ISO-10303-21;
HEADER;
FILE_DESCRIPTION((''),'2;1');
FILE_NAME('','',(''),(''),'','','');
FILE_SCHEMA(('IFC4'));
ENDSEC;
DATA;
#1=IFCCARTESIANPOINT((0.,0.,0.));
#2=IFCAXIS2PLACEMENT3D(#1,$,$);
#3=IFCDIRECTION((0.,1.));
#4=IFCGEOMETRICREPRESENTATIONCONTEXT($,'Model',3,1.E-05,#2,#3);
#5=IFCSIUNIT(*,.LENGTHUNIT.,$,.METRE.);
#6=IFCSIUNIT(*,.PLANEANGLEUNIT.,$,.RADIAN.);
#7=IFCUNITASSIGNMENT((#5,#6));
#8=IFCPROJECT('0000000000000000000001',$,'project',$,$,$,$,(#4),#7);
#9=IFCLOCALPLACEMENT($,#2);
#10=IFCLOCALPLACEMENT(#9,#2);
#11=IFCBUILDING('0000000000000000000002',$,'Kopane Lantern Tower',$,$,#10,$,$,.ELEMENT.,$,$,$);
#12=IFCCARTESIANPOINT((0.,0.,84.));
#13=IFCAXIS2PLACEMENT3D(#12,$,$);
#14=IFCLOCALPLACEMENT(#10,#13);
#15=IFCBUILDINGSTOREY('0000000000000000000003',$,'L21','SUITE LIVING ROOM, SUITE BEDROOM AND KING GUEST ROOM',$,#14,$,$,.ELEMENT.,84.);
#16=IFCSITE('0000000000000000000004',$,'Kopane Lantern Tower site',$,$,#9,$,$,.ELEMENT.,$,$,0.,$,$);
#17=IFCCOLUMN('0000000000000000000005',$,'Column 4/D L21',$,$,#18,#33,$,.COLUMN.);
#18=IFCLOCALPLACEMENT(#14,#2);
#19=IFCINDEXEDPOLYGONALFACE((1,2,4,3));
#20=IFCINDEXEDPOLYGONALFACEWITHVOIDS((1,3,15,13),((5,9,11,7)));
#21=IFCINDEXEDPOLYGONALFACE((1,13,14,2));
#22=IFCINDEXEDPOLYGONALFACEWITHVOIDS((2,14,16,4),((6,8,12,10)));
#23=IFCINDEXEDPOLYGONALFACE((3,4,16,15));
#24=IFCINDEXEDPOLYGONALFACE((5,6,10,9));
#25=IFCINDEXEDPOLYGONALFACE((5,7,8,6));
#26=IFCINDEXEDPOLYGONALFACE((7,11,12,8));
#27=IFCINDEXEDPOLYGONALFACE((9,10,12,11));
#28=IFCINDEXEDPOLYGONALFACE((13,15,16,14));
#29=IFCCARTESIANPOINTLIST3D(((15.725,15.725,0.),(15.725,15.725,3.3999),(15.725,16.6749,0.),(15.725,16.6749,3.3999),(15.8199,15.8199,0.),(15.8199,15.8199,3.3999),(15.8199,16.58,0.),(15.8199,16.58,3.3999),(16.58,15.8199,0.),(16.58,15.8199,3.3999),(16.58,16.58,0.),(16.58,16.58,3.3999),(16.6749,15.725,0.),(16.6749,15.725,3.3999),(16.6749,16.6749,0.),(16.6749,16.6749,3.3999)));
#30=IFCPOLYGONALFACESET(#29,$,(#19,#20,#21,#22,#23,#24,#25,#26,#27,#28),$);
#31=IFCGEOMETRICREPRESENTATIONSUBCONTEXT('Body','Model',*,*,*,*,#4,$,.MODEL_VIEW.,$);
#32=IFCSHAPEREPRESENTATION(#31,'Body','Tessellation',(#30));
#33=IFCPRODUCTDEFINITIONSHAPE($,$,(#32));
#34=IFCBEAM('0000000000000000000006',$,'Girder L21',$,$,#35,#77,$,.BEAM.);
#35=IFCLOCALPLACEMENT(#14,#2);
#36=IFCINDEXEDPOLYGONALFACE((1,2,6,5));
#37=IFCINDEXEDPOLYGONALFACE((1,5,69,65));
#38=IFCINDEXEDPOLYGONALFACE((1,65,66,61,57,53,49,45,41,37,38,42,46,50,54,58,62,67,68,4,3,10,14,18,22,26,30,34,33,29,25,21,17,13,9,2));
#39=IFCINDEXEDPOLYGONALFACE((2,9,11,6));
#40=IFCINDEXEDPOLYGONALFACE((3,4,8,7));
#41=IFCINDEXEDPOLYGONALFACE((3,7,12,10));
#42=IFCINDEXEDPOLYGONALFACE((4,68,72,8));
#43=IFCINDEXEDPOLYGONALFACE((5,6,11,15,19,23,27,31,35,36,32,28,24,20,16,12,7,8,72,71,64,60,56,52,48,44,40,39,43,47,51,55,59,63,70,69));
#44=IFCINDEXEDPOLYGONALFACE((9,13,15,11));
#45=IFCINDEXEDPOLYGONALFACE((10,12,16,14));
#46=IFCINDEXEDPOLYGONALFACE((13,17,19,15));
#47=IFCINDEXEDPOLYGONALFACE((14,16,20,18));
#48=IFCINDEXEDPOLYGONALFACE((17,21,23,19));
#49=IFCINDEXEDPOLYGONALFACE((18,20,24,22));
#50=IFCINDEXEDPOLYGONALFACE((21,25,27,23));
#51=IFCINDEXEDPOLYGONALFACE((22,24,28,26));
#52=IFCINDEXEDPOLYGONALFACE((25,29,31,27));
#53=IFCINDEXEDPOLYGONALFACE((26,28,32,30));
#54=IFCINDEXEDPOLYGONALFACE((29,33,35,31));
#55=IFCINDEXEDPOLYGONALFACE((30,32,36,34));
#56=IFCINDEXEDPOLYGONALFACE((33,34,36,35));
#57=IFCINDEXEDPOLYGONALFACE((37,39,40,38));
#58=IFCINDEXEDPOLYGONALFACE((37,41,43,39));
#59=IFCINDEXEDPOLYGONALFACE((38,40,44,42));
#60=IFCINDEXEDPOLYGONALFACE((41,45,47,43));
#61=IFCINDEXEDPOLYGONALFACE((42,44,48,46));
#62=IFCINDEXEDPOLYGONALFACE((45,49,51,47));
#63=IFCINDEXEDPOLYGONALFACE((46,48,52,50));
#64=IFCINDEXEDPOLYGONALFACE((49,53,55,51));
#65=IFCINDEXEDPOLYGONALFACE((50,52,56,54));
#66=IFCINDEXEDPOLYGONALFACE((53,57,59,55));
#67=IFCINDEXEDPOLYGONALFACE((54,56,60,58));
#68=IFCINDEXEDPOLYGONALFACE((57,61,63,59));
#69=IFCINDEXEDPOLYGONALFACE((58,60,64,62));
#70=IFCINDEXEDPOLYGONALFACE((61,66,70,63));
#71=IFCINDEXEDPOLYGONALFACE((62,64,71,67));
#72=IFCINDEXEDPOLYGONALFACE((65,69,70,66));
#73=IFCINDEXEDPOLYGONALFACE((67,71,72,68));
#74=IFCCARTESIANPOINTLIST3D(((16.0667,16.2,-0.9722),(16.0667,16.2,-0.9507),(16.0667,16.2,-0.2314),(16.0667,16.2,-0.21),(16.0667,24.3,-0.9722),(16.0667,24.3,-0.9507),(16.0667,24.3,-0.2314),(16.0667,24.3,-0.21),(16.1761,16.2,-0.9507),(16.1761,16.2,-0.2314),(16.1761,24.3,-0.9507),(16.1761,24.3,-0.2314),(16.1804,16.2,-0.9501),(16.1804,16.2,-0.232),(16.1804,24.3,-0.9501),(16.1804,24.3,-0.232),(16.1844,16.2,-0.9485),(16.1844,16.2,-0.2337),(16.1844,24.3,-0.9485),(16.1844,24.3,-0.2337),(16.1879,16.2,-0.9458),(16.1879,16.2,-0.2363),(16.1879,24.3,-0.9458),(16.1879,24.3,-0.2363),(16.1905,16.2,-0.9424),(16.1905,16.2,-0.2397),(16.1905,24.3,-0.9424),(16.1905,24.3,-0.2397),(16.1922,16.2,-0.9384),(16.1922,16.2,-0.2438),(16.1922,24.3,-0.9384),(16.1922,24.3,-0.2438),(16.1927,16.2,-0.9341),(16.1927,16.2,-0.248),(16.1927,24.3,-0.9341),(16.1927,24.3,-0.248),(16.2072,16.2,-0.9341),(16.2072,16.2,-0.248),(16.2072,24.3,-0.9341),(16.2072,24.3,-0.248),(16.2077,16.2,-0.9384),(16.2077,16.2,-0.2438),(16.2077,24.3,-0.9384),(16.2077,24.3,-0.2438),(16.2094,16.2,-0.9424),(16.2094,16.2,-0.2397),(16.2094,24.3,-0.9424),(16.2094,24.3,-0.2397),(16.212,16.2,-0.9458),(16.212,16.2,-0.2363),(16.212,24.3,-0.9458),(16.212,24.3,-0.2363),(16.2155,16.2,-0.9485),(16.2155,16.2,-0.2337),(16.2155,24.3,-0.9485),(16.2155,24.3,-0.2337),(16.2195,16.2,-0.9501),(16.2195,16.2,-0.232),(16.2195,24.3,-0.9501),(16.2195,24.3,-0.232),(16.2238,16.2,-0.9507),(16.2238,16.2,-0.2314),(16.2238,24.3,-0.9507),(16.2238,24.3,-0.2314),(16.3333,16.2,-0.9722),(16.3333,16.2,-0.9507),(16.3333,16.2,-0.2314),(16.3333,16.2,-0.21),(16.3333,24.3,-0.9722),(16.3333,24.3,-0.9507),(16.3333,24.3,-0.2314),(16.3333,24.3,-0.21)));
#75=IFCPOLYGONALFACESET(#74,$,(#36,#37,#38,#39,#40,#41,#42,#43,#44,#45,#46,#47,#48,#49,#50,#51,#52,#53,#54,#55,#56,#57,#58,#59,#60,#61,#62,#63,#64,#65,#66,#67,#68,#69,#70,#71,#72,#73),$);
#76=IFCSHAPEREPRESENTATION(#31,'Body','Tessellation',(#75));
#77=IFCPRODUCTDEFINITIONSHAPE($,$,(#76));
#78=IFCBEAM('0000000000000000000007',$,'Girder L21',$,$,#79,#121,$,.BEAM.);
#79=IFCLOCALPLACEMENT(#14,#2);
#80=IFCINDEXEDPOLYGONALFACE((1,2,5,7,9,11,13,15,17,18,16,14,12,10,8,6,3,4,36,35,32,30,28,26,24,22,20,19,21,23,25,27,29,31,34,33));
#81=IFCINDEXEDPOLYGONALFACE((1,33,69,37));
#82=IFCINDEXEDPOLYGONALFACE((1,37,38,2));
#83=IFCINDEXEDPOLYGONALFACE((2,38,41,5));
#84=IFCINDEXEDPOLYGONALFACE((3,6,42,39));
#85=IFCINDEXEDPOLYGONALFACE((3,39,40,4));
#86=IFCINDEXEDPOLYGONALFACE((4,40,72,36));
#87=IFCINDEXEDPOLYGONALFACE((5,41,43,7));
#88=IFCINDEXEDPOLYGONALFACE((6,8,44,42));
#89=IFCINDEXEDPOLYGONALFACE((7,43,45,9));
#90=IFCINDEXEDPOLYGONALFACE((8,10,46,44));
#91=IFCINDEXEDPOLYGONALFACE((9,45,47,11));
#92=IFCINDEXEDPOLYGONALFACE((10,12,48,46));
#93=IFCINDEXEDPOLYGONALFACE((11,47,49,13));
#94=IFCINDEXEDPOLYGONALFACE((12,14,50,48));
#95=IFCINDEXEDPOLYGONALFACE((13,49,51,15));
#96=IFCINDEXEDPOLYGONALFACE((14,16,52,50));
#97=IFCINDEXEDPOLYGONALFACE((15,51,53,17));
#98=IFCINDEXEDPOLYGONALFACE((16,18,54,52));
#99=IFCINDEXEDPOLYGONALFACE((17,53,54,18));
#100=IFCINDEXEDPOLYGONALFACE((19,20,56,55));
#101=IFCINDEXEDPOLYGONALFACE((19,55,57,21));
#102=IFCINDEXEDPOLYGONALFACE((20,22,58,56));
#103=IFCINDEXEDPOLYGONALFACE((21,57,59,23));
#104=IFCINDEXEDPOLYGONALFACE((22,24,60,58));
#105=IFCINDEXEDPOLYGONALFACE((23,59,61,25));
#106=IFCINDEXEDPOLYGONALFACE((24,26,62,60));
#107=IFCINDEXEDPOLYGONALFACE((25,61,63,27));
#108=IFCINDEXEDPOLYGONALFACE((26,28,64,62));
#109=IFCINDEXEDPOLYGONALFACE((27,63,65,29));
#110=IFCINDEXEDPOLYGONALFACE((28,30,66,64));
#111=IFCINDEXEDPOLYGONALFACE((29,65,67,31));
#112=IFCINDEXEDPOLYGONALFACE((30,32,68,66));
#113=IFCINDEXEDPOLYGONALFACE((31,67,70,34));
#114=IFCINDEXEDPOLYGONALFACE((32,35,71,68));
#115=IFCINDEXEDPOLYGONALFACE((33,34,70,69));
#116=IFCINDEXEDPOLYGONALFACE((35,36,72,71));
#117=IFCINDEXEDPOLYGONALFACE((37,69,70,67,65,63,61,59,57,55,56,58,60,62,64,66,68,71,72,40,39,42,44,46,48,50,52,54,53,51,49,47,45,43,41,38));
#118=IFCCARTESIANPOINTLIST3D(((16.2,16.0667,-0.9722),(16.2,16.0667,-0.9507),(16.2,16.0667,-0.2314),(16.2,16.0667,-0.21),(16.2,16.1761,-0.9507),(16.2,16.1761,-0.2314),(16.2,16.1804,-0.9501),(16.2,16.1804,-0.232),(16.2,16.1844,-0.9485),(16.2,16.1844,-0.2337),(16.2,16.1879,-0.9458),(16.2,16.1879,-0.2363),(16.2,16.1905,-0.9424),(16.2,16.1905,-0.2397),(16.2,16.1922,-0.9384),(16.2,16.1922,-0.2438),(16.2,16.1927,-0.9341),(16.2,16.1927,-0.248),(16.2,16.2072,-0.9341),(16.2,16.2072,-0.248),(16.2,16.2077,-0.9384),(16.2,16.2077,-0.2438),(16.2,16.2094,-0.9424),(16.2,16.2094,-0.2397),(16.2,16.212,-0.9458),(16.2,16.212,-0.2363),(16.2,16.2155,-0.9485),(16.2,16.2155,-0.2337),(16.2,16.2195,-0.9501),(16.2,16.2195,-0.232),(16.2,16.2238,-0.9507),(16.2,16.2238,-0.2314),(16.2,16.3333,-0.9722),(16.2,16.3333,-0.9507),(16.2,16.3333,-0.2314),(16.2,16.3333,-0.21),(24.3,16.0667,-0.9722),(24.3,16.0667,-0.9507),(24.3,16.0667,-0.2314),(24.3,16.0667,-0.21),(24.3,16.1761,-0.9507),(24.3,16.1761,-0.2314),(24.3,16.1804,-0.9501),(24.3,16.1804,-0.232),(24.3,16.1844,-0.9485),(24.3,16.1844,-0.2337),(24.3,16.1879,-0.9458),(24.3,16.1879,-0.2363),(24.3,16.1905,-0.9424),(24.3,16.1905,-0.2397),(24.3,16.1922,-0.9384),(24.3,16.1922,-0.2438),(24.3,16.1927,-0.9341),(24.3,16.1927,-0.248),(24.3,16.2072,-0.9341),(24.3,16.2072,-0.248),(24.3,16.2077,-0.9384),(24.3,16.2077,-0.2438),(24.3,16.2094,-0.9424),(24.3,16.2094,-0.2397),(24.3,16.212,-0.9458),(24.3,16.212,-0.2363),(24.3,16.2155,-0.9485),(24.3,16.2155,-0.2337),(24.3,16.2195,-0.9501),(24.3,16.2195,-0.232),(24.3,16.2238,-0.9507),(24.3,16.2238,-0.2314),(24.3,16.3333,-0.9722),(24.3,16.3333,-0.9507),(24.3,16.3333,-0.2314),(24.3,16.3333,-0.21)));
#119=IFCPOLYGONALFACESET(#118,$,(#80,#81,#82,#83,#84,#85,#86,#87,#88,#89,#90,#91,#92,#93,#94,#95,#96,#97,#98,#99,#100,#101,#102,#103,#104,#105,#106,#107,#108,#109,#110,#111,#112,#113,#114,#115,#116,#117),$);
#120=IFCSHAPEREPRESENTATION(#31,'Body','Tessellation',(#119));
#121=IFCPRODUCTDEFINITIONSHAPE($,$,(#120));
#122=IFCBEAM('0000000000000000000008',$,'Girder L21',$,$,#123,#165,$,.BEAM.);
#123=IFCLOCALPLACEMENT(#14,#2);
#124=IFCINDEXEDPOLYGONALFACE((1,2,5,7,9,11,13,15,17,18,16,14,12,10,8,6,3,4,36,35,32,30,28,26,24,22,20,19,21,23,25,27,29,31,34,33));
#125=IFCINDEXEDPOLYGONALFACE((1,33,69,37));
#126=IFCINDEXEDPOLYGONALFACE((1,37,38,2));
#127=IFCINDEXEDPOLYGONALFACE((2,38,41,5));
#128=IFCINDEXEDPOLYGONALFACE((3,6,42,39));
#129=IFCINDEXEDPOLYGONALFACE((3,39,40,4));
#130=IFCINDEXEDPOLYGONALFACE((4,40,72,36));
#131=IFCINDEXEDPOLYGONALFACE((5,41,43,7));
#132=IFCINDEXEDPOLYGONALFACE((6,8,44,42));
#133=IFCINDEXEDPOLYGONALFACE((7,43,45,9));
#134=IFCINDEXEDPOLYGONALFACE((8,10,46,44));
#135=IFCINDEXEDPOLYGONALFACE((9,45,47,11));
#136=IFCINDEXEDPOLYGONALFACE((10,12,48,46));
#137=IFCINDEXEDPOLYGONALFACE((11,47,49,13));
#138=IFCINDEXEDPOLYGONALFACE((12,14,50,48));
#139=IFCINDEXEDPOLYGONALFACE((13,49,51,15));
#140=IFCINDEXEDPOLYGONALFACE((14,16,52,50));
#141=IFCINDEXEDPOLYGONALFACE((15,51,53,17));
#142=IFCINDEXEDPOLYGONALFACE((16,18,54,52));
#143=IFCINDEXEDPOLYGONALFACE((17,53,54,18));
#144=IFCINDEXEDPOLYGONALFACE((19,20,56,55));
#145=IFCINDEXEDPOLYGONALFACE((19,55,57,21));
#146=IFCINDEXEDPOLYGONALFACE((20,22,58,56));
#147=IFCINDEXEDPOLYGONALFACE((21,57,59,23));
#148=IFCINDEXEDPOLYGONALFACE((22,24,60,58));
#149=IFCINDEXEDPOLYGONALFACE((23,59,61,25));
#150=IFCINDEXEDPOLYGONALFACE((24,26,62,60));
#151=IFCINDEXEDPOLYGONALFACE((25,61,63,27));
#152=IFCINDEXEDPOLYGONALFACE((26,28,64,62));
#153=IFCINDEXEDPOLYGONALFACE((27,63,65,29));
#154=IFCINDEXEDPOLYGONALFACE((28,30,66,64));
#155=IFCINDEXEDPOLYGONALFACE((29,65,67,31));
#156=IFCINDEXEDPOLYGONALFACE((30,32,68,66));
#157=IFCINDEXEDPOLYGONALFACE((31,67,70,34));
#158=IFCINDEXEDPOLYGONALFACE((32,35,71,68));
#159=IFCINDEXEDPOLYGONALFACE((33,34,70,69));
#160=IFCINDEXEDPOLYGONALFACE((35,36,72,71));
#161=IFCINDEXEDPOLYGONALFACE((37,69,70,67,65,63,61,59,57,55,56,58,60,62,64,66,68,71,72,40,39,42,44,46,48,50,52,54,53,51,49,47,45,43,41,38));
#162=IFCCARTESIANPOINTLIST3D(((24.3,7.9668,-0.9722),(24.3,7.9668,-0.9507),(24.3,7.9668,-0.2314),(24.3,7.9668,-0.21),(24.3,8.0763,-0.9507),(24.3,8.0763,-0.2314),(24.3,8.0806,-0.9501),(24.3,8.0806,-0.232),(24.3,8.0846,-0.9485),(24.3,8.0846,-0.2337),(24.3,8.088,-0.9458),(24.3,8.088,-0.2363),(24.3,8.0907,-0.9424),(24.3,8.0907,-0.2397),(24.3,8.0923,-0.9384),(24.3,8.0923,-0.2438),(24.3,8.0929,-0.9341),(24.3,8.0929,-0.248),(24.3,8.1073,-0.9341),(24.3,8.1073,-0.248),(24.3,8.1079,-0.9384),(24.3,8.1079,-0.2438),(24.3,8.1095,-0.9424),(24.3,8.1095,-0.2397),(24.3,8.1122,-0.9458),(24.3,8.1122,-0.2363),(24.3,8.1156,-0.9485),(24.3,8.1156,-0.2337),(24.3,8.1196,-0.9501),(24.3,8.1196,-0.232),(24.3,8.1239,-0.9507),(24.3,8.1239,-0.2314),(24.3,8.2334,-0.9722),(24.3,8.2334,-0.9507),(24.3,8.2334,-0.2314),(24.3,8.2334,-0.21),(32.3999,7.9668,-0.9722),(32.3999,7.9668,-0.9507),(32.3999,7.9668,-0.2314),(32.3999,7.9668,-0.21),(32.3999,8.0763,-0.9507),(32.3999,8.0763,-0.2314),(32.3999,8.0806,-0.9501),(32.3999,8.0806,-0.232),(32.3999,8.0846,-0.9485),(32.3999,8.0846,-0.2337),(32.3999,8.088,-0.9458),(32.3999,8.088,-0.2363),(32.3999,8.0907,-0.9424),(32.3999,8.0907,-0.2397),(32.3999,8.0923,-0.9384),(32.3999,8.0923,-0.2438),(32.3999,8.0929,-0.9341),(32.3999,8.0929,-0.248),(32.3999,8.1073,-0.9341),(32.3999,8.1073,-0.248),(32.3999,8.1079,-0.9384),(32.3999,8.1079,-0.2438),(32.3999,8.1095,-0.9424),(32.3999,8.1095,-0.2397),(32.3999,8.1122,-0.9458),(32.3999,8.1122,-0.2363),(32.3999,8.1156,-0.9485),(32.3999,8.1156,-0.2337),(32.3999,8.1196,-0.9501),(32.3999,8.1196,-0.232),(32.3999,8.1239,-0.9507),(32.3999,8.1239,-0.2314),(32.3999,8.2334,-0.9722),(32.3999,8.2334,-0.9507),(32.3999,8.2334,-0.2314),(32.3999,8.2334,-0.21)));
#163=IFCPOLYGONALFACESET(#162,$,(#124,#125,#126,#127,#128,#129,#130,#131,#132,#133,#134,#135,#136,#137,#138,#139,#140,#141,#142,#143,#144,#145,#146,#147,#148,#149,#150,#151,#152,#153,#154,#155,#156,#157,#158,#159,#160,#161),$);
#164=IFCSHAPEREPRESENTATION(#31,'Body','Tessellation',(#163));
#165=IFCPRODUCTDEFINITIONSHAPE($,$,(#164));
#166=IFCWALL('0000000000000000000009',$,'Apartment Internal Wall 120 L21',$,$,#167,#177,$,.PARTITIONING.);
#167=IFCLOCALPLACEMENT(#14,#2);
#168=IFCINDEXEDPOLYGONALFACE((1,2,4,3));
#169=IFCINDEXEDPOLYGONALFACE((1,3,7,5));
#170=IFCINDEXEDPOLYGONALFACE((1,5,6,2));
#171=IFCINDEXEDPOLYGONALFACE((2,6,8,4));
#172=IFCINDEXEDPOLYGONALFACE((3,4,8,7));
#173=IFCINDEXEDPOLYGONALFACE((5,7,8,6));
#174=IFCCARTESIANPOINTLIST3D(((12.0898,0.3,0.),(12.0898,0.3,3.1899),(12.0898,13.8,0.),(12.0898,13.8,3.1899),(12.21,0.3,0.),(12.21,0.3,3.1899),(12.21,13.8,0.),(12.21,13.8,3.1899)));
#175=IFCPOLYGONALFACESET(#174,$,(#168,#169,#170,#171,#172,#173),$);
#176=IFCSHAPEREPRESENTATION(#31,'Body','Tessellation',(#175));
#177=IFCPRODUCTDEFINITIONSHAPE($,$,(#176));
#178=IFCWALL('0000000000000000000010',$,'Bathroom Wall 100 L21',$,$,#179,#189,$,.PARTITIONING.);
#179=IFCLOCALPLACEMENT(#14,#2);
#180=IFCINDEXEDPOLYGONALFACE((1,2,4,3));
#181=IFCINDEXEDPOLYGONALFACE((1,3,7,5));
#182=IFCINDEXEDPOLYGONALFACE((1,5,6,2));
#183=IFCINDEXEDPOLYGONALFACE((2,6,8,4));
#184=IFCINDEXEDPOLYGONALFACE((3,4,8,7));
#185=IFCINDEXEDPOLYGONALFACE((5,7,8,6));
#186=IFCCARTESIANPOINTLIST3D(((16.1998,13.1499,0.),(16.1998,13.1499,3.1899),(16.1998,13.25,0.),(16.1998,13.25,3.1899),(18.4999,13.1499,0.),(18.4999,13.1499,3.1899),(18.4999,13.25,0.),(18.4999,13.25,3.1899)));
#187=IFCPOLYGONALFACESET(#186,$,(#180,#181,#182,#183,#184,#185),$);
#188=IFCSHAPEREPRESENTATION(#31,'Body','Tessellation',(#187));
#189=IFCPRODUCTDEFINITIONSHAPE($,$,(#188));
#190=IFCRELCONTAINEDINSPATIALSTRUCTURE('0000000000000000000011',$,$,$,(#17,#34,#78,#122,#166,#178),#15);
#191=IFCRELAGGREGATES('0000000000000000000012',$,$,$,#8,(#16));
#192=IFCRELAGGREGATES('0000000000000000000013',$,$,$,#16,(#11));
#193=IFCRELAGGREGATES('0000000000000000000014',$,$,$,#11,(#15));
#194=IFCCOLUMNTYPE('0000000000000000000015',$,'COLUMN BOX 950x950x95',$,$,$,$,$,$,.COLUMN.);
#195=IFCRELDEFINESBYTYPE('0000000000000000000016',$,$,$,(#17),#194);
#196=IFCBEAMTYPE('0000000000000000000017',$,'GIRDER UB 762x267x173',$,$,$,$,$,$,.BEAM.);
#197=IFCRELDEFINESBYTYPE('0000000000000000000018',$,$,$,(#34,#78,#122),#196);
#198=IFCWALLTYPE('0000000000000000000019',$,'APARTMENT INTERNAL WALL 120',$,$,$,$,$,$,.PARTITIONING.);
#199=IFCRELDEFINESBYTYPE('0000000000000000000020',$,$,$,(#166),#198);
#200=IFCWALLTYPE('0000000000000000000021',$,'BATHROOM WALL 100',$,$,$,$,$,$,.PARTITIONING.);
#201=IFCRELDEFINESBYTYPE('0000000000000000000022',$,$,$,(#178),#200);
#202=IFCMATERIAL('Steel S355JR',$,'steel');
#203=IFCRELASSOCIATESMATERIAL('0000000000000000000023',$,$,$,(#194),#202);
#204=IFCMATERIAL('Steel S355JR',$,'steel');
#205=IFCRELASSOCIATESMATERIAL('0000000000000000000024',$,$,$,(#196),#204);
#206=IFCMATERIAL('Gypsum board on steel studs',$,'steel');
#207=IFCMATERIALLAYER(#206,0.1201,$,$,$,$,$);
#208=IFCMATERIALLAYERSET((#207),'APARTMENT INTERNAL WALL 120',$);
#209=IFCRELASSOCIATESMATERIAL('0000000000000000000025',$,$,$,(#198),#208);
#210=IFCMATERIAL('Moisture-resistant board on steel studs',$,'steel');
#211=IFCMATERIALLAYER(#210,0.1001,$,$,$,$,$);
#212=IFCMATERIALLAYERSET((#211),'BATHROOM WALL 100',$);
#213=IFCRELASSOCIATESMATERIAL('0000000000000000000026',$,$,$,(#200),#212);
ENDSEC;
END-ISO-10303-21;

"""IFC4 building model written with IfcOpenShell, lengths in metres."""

from ifc_helpers import new_model, si_unit, direction, frame, frame_2d, origin, origin_2d, place, context, subcontext, project, spatial, rectangle, hollow_rectangle, i_section, extrude, material, layer, layer_set, material_profile, profile_set, type_object, element, save


model = new_model("IFC4")

# Units and contexts
model_context = context("Model", 3, precision=1e-05, world=origin(), true_north=direction((0.0, 1.0)))
body_context = subcontext(model_context, "Body", "Model", "MODEL_VIEW")
ifc_project = project(units=[si_unit("LENGTHUNIT", "METRE"), si_unit("PLANEANGLEUNIT", "RADIAN")], contexts=[model_context])

# Site, building, storey
site_placement = place(None, origin())
site = spatial("IfcSite", under=ifc_project, at=site_placement, Name="Kopane Lantern Tower site", CompositionType="ELEMENT", RefElevation=0.0)
building_placement = place(site_placement, origin())
building = spatial("IfcBuilding", under=site, at=building_placement, Name="Kopane Lantern Tower", CompositionType="ELEMENT")
storey_placement = place(building_placement, frame((0.0, 0.0, 84.0)))
storey = spatial("IfcBuildingStorey", under=building, at=storey_placement, Name="L21", Description="SUITE LIVING ROOM, SUITE BEDROOM AND KING GUEST ROOM", CompositionType="ELEMENT", Elevation=84.0)

# Column
ifc_material_1 = material(Name="Steel S355JR", Category="steel")
ifc_material_profile_1 = material_profile(ifc_material_1, hollow_rectangle(XDim=0.95, YDim=0.95, WallThickness=0.095, at=origin_2d()), Name="BOX 950x950x95")
ifc_profile_set_1 = profile_set([ifc_material_profile_1], Name="Steel S355JR")
column_type = type_object("IfcColumnType", Name="COLUMN BOX 950x950x95", PredefinedType="COLUMN", material=ifc_profile_set_1)
column_placement = place(storey_placement, frame((16.2, 16.2, 0.0), z_axis=(0.0, 0.0, 1.0), x_axis=(1.0, 0.0, 0.0)))
element("IfcColumn", 1, at=column_placement, inside=storey, type_object=column_type, Name="Column 4/D L21", PredefinedType="COLUMN", context=body_context, shape_type="SweptSolid", body=[
    extrude(hollow_rectangle(XDim=0.95, YDim=0.95, WallThickness=0.095, at=origin_2d()), origin(), (0.0, 0.0, 1.0), 3.3999),
])

# Beams
ifc_material_2 = material(Name="Steel S355JR", Category="steel")
ifc_material_profile_2 = material_profile(ifc_material_2, i_section(OverallWidth=0.2666, OverallDepth=0.7622, WebThickness=0.0144, FlangeThickness=0.0215, FilletRadius=0.0166, at=origin_2d()), Name="UB 762x267x173")
ifc_profile_set_2 = profile_set([ifc_material_profile_2], Name="Steel S355JR")
beam_type = type_object("IfcBeamType", Name="GIRDER UB 762x267x173", PredefinedType="BEAM", material=ifc_profile_set_2)
for number, where, z_axis, x_axis, name in (
    (2, (16.2, 16.2, -0.5911), (0.0, 1.0, 0.0), (-1.0, 0.0, 0.0), "Girder L21"),
    (3, (16.2, 16.2, -0.5911), (1.0, 0.0, 0.0), (0.0, 1.0, 0.0), "Girder L21"),
):
    element("IfcBeam", number, at=place(storey_placement, frame(where, z_axis=z_axis, x_axis=x_axis)), inside=storey, type_object=beam_type, Name=name, PredefinedType="BEAM", context=body_context, shape_type="SweptSolid", body=[
        extrude(i_section(OverallWidth=0.2666, OverallDepth=0.7622, WebThickness=0.0144, FlangeThickness=0.0215, FilletRadius=0.0166, at=origin_2d()), origin(), (0.0, 0.0, 1.0), 8.1001),
    ])
beam_placement = place(storey_placement, frame((24.3, 8.1001, -0.5911), z_axis=(1.0, 0.0, 0.0), x_axis=(0.0, 1.0, 0.0)))
element("IfcBeam", 4, at=beam_placement, inside=storey, type_object=beam_type, Name="Girder L21", PredefinedType="BEAM", context=body_context, shape_type="SweptSolid", body=[
    extrude(i_section(OverallWidth=0.2666, OverallDepth=0.7622, WebThickness=0.0144, FlangeThickness=0.0215, FilletRadius=0.0166, at=origin_2d()), origin(), (0.0, 0.0, 1.0), 8.0999),
])

# Walls
ifc_material_3 = material(Name="Gypsum board on steel studs", Category="steel")
ifc_layer_1 = layer(ifc_material_3, 0.1201)
ifc_layer_set_1 = layer_set([ifc_layer_1], Name="APARTMENT INTERNAL WALL 120")
wall_type_1 = type_object("IfcWallType", Name="APARTMENT INTERNAL WALL 120", PredefinedType="PARTITIONING", material=ifc_layer_set_1)
wall_1_placement = place(storey_placement, frame((12.1499, 13.8, 0.0), z_axis=(0.0, 0.0, 1.0), x_axis=(0.0, -1.0, 0.0)))
element("IfcWall", 5, at=wall_1_placement, inside=storey, type_object=wall_type_1, Name="Apartment Internal Wall 120 L21", PredefinedType="PARTITIONING", context=body_context, shape_type="SweptSolid", body=[
    extrude(rectangle(XDim=13.5, YDim=0.1201, at=frame_2d((6.75, 0.0))), origin(), (0.0, 0.0, 1.0), 3.1899),
])
ifc_material_4 = material(Name="Moisture-resistant board on steel studs", Category="steel")
ifc_layer_2 = layer(ifc_material_4, 0.1001)
ifc_layer_set_2 = layer_set([ifc_layer_2], Name="BATHROOM WALL 100")
wall_type_2 = type_object("IfcWallType", Name="BATHROOM WALL 100", PredefinedType="PARTITIONING", material=ifc_layer_set_2)
wall_2_placement = place(storey_placement, frame((16.2, 13.2, 0.0), z_axis=(0.0, 0.0, 1.0), x_axis=(1.0, 0.0, 0.0)))
element("IfcWall", 6, at=wall_2_placement, inside=storey, type_object=wall_type_2, Name="Bathroom Wall 100 L21", PredefinedType="PARTITIONING", context=body_context, shape_type="SweptSolid", body=[
    extrude(rectangle(XDim=2.3, YDim=0.1001, at=frame_2d((1.1499, 0.0))), origin(), (0.0, 0.0, 1.0), 3.1899),
])

save(model, "model.ifc")
